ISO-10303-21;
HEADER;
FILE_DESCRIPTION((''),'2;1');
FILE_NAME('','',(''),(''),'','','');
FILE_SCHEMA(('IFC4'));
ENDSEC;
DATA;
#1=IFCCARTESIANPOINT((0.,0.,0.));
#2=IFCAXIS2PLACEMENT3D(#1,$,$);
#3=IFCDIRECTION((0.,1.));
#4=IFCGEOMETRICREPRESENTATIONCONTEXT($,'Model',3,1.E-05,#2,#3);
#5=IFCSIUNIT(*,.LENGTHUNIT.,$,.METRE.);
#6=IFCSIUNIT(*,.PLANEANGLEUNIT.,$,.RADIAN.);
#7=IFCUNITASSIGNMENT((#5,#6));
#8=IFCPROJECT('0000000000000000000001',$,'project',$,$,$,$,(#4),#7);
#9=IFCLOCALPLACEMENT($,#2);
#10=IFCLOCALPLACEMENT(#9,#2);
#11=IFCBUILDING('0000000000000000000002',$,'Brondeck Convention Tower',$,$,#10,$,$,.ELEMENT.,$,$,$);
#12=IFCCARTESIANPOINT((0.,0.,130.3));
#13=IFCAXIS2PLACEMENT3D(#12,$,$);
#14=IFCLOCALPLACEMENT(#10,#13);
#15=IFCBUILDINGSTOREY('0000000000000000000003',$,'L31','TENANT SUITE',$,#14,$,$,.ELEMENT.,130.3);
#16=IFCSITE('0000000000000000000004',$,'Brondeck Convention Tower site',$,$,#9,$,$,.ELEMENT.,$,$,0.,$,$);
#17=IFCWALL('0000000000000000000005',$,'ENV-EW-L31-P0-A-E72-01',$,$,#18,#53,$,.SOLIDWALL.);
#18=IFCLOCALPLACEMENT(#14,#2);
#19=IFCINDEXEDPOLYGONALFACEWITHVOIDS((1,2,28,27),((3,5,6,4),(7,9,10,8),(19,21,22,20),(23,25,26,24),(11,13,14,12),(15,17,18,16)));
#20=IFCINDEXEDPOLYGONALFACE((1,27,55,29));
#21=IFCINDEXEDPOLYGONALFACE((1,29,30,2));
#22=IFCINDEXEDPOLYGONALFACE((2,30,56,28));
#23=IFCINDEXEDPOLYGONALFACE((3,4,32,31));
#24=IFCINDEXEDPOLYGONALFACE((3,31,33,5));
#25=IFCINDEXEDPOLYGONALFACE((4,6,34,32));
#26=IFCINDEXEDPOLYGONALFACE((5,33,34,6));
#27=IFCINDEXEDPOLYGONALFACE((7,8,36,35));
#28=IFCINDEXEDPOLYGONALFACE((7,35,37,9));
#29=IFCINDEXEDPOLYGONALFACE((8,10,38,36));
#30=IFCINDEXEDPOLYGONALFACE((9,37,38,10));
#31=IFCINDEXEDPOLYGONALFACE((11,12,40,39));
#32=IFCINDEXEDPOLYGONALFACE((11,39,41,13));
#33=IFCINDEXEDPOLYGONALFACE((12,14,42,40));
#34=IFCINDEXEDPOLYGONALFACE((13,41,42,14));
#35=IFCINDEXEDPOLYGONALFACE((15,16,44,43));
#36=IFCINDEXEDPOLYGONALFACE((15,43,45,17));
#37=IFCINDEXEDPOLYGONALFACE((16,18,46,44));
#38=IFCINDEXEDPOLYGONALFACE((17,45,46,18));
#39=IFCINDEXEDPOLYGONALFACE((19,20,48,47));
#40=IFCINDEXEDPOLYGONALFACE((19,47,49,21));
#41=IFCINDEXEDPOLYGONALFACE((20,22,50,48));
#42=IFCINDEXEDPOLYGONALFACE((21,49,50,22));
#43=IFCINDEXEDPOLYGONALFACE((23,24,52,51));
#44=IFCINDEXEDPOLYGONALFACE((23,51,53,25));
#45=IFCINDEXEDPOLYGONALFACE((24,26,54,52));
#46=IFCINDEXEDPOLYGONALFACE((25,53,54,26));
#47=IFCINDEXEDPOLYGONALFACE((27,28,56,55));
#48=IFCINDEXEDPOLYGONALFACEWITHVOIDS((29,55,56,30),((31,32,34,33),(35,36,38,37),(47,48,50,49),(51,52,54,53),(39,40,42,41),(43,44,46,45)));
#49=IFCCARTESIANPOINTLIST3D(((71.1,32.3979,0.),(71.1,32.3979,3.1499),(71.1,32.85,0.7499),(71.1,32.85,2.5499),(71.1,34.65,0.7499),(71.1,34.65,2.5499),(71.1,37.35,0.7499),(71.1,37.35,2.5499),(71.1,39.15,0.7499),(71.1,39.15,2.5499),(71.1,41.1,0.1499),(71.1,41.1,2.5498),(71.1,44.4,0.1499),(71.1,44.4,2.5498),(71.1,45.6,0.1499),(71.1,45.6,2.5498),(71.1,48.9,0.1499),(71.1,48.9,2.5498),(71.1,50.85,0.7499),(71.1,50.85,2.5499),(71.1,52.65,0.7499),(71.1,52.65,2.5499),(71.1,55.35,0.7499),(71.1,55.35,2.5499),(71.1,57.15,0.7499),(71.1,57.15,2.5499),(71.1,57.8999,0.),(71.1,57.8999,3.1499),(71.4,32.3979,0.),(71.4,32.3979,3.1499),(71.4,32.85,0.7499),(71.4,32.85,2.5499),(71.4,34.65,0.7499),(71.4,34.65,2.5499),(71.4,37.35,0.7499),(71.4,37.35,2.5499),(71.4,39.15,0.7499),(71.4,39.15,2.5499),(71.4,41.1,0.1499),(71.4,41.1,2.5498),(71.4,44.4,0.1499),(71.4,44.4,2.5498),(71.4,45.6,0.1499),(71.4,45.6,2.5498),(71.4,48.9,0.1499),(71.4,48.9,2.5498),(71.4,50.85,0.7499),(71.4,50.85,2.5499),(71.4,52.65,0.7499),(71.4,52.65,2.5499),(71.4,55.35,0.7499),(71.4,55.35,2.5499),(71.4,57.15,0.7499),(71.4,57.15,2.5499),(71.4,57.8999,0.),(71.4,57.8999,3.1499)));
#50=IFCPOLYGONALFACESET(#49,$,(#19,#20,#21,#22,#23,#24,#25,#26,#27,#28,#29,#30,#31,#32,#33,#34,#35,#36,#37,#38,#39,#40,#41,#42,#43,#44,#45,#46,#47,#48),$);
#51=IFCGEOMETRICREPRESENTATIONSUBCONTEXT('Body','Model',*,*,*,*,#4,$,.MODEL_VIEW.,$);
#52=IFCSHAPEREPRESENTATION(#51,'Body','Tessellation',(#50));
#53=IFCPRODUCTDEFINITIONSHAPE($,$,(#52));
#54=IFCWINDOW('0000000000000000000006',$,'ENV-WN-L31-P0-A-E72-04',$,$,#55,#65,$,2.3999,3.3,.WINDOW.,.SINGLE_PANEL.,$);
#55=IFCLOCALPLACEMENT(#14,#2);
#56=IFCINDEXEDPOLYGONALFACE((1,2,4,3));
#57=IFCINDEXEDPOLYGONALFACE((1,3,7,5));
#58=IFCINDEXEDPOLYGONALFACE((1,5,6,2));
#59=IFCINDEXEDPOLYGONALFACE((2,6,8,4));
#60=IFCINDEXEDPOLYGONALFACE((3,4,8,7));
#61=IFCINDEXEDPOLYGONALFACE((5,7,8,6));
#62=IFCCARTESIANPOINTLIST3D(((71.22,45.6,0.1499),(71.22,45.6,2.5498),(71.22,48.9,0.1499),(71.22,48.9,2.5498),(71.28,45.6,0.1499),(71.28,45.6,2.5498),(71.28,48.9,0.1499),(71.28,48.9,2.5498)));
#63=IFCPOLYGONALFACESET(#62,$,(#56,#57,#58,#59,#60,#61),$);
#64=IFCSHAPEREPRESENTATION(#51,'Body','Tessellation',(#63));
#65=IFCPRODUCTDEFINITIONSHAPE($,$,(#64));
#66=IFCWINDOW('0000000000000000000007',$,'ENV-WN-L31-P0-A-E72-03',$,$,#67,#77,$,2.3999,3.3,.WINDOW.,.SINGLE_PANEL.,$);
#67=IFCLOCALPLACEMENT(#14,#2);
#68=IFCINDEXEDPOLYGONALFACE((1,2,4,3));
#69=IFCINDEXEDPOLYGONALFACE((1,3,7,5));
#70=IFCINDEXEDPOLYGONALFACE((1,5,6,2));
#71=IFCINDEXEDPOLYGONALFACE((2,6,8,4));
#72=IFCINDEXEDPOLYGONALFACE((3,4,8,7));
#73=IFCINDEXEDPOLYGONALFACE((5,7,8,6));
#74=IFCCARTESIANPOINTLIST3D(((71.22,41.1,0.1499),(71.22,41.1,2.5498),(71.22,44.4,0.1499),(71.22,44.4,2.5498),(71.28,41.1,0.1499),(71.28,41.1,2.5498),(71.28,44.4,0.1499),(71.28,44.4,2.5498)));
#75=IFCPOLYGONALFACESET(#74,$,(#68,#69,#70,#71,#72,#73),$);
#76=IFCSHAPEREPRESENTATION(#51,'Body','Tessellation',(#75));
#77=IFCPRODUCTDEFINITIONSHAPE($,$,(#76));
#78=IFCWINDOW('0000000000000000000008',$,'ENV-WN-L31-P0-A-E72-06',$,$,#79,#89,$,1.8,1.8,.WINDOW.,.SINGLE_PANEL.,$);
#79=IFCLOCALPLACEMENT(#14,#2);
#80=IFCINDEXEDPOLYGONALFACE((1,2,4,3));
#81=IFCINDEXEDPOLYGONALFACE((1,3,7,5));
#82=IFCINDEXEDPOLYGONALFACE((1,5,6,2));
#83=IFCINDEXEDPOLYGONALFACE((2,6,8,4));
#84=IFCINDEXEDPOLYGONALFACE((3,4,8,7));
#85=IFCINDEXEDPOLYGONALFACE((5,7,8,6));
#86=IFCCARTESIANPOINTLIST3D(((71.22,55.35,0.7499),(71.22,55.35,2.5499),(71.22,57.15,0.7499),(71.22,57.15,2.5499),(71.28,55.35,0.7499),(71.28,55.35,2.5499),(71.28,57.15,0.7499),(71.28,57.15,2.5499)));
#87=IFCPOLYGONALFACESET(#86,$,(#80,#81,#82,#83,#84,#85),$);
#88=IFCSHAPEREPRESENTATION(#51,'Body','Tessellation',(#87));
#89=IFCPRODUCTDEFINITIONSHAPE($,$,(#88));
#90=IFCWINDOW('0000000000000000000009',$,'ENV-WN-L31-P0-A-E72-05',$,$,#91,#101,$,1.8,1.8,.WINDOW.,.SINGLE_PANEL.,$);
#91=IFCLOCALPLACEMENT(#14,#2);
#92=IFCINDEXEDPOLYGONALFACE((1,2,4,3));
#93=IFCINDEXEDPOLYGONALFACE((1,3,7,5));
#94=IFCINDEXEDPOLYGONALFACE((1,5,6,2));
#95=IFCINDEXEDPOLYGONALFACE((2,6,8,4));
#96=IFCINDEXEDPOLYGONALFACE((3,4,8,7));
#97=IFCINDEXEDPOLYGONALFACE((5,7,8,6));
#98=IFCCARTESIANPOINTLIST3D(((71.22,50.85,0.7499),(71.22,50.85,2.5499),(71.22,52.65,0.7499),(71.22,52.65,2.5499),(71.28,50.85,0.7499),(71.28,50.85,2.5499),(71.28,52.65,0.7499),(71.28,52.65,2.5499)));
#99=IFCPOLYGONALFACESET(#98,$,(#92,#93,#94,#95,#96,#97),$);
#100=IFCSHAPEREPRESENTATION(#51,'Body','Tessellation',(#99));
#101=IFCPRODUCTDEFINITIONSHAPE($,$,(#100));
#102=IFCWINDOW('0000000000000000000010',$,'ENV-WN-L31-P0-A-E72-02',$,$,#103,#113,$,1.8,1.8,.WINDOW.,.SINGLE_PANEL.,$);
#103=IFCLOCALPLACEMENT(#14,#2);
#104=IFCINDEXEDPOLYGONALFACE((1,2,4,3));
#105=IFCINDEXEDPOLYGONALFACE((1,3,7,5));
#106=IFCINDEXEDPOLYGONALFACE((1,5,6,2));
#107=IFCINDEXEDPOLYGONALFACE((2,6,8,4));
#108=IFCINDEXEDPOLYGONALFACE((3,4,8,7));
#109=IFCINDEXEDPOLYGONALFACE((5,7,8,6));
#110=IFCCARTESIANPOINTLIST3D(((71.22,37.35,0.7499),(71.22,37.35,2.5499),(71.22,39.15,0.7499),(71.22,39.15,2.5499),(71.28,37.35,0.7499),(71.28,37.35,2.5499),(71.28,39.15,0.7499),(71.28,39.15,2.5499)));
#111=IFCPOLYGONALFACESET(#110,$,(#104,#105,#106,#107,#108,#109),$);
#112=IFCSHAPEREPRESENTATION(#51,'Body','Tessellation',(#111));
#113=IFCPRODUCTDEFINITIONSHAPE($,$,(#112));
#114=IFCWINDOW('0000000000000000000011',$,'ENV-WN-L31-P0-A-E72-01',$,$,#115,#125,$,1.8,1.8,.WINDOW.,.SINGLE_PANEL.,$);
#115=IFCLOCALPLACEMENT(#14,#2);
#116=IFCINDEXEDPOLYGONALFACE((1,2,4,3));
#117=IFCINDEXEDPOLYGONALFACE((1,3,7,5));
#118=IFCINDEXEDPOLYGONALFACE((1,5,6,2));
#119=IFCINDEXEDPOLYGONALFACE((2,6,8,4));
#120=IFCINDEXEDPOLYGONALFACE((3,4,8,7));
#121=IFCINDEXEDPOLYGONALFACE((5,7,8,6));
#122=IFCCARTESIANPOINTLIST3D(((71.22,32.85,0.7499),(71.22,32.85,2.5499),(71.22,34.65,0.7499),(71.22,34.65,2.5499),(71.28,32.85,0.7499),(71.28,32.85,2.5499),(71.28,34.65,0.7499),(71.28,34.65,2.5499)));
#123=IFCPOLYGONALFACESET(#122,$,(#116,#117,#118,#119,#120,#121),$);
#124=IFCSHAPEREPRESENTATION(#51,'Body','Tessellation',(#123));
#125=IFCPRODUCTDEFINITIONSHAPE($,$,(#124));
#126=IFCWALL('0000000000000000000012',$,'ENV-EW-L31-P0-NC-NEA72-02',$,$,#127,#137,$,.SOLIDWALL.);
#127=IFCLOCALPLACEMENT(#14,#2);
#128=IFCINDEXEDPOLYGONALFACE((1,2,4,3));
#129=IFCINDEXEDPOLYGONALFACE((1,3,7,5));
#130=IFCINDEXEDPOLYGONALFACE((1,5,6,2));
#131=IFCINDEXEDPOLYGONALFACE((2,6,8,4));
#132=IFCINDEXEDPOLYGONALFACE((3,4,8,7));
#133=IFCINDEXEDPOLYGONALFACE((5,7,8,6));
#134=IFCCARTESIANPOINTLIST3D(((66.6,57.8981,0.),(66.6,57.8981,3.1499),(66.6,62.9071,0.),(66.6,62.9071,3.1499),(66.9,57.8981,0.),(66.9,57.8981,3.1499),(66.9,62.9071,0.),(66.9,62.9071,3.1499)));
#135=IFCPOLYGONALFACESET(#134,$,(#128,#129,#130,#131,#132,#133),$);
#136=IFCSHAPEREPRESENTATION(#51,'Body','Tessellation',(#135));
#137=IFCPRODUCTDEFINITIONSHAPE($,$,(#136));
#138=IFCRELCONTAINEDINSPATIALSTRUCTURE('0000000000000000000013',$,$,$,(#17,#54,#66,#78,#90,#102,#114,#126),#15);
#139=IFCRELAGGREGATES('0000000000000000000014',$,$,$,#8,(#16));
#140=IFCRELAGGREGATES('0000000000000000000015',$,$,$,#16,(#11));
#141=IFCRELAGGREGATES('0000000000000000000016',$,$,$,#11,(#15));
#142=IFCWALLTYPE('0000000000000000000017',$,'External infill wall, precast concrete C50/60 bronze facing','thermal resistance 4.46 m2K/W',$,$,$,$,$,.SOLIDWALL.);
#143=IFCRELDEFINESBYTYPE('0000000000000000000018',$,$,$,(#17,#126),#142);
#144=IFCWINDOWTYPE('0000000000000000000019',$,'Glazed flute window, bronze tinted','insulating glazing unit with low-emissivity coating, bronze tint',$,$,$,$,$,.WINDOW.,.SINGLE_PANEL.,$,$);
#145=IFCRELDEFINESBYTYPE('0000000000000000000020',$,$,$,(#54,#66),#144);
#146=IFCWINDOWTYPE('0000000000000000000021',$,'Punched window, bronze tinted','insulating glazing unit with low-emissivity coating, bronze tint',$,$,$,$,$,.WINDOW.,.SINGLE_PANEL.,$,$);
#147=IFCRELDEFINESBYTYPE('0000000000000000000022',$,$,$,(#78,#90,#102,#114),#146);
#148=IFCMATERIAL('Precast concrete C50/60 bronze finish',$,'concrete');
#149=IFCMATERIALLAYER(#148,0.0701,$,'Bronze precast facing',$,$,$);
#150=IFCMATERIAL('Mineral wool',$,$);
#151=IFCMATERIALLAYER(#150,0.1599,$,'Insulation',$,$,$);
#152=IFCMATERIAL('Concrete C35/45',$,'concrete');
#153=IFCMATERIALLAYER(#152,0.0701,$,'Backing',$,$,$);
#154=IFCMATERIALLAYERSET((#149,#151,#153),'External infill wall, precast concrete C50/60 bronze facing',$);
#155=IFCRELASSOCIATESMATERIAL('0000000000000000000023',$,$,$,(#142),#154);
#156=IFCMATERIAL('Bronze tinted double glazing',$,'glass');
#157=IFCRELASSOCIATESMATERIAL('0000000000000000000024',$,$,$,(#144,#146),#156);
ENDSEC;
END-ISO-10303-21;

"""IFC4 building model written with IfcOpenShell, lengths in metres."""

from ifc_helpers import new_model, si_unit, direction, frame, frame_2d, origin, place, context, subcontext, project, spatial, rectangle, extrude, material, layer, layer_set, type_object, element, fill, save


model = new_model("IFC4")

# Units and contexts
model_context = context("Model", 3, precision=1e-05, world=origin(), true_north=direction((0.0, 1.0)))
body_context = subcontext(model_context, "Body", "Model", "MODEL_VIEW")
ifc_project = project(units=[si_unit("LENGTHUNIT", "METRE"), si_unit("PLANEANGLEUNIT", "RADIAN")], contexts=[model_context])

# Site, building, storey
site_placement = place(None, origin())
site = spatial("IfcSite", under=ifc_project, at=site_placement, Name="Brondeck Convention Tower site", CompositionType="ELEMENT", RefElevation=0.0)
building_placement = place(site_placement, origin())
building = spatial("IfcBuilding", under=site, at=building_placement, Name="Brondeck Convention Tower", CompositionType="ELEMENT")
storey_placement = place(building_placement, frame((0.0, 0.0, 130.3)))
storey = spatial("IfcBuildingStorey", under=building, at=storey_placement, Name="L31", Description="TENANT SUITE", CompositionType="ELEMENT", Elevation=130.3)

# Wall, openings, windows
ifc_material_1 = material(Name="Precast concrete C50/60 bronze finish", Category="concrete")
ifc_layer_1 = layer(ifc_material_1, 0.0701, Name="Bronze precast facing")
ifc_material_2 = material(Name="Mineral wool")
ifc_layer_2 = layer(ifc_material_2, 0.1599, Name="Insulation")
ifc_material_3 = material(Name="Concrete C35/45", Category="concrete")
ifc_layer_3 = layer(ifc_material_3, 0.0701, Name="Backing")
ifc_layer_set_1 = layer_set([ifc_layer_1, ifc_layer_2, ifc_layer_3], Name="External infill wall, precast concrete C50/60 bronze facing")
wall_type_1 = type_object("IfcWallType", Name="External infill wall, precast concrete C50/60 bronze facing", Description="thermal resistance 4.46 m2K/W", PredefinedType="SOLIDWALL", material=ifc_layer_set_1)
wall_1_placement = place(storey_placement, frame((71.25, 57.8999, 0.0), z_axis=(0.0, 0.0, 1.0), x_axis=(0.0, -1.0, 0.0)))
wall_1 = element("IfcWall", 1, at=wall_1_placement, inside=storey, type_object=wall_type_1, Name="ENV-EW-L31-P0-A-E72-01", PredefinedType="SOLIDWALL", context=body_context, shape_type="SweptSolid", body=[
    extrude(rectangle(XDim=25.502, YDim=0.3, at=frame_2d((12.751, 0.0))), origin(), (0.0, 0.0, 1.0), 3.1499),
])
opening_1_placement = place(wall_1_placement, frame((0.75, 0.0, 0.75)))
opening_1 = element("IfcOpeningElement", 2, at=opening_1_placement, cuts=wall_1, PredefinedType="OPENING", context=body_context, shape_type="SweptSolid", body=[
    extrude(rectangle(XDim=1.8, YDim=1.8, at=frame_2d((0.8999, 0.8999))), frame((0.0, 0.1599, 0.0), z_axis=(0.0, -1.0, 0.0), x_axis=(1.0, 0.0, 0.0)), (0.0, 0.0, 1.0), 0.3201),
])
opening_2_placement = place(wall_1_placement, frame((5.25, 0.0, 0.75)))
opening_2 = element("IfcOpeningElement", 3, at=opening_2_placement, cuts=wall_1, PredefinedType="OPENING", context=body_context, shape_type="SweptSolid", body=[
    extrude(rectangle(XDim=1.8, YDim=1.8, at=frame_2d((0.8999, 0.8999))), frame((0.0, 0.1599, 0.0), z_axis=(0.0, -1.0, 0.0), x_axis=(1.0, 0.0, 0.0)), (0.0, 0.0, 1.0), 0.3201),
])
opening_3_placement = place(wall_1_placement, frame((9.0, 0.0, 0.1499)))
opening_3 = element("IfcOpeningElement", 4, at=opening_3_placement, cuts=wall_1, PredefinedType="OPENING", context=body_context, shape_type="SweptSolid", body=[
    extrude(rectangle(XDim=3.3, YDim=2.3999, at=frame_2d((1.6499, 1.2))), frame((0.0, 0.1599, 0.0), z_axis=(0.0, -1.0, 0.0), x_axis=(1.0, 0.0, 0.0)), (0.0, 0.0, 1.0), 0.3201),
])
opening_4_placement = place(wall_1_placement, frame((13.5, 0.0, 0.1499)))
opening_4 = element("IfcOpeningElement", 5, at=opening_4_placement, cuts=wall_1, PredefinedType="OPENING", context=body_context, shape_type="SweptSolid", body=[
    extrude(rectangle(XDim=3.3, YDim=2.3999, at=frame_2d((1.6499, 1.2))), frame((0.0, 0.1599, 0.0), z_axis=(0.0, -1.0, 0.0), x_axis=(1.0, 0.0, 0.0)), (0.0, 0.0, 1.0), 0.3201),
])
opening_5_placement = place(wall_1_placement, frame((18.75, 0.0, 0.75)))
opening_5 = element("IfcOpeningElement", 6, at=opening_5_placement, cuts=wall_1, PredefinedType="OPENING", context=body_context, shape_type="SweptSolid", body=[
    extrude(rectangle(XDim=1.8, YDim=1.8, at=frame_2d((0.8999, 0.8999))), frame((0.0, 0.1599, 0.0), z_axis=(0.0, -1.0, 0.0), x_axis=(1.0, 0.0, 0.0)), (0.0, 0.0, 1.0), 0.3201),
])
opening_6_placement = place(wall_1_placement, frame((23.25, 0.0, 0.75)))
opening_6 = element("IfcOpeningElement", 7, at=opening_6_placement, cuts=wall_1, PredefinedType="OPENING", context=body_context, shape_type="SweptSolid", body=[
    extrude(rectangle(XDim=1.8, YDim=1.8, at=frame_2d((0.8999, 0.8999))), frame((0.0, 0.1599, 0.0), z_axis=(0.0, -1.0, 0.0), x_axis=(1.0, 0.0, 0.0)), (0.0, 0.0, 1.0), 0.3201),
])
ifc_material_4 = material(Name="Bronze tinted double glazing", Category="glass")
window_type_1 = type_object("IfcWindowType", Name="Glazed flute window, bronze tinted", Description="insulating glazing unit with low-emissivity coating, bronze tint", PartitioningType="SINGLE_PANEL", PredefinedType="WINDOW", material=ifc_material_4)
window_1_placement = place(opening_3_placement, origin())
window_1 = element("IfcWindow", 8, at=window_1_placement, inside=storey, type_object=window_type_1, Name="ENV-WN-L31-P0-A-E72-04", OverallHeight=2.3999, OverallWidth=3.3, PartitioningType="SINGLE_PANEL", PredefinedType="WINDOW", context=body_context, shape_type="SweptSolid", body=[
    extrude(rectangle(XDim=3.3, YDim=2.3999, at=frame_2d((1.6499, 1.2))), frame((0.0, 0.03, 0.0), z_axis=(0.0, -1.0, 0.0), x_axis=(1.0, 0.0, 0.0)), (0.0, 0.0, 1.0), 0.0601),
])
fill(opening_3, window_1)
window_2_placement = place(opening_4_placement, origin())
window_2 = element("IfcWindow", 9, at=window_2_placement, inside=storey, type_object=window_type_1, Name="ENV-WN-L31-P0-A-E72-03", OverallHeight=2.3999, OverallWidth=3.3, PartitioningType="SINGLE_PANEL", PredefinedType="WINDOW", context=body_context, shape_type="SweptSolid", body=[
    extrude(rectangle(XDim=3.3, YDim=2.3999, at=frame_2d((1.6499, 1.2))), frame((0.0, 0.03, 0.0), z_axis=(0.0, -1.0, 0.0), x_axis=(1.0, 0.0, 0.0)), (0.0, 0.0, 1.0), 0.0601),
])
fill(opening_4, window_2)
window_type_2 = type_object("IfcWindowType", Name="Punched window, bronze tinted", Description="insulating glazing unit with low-emissivity coating, bronze tint", PartitioningType="SINGLE_PANEL", PredefinedType="WINDOW", material=ifc_material_4)
window_3_placement = place(opening_1_placement, origin())
window_3 = element("IfcWindow", 10, at=window_3_placement, inside=storey, type_object=window_type_2, Name="ENV-WN-L31-P0-A-E72-06", OverallHeight=1.8, OverallWidth=1.8, PartitioningType="SINGLE_PANEL", PredefinedType="WINDOW", context=body_context, shape_type="SweptSolid", body=[
    extrude(rectangle(XDim=1.8, YDim=1.8, at=frame_2d((0.8999, 0.8999))), frame((0.0, 0.03, 0.0), z_axis=(0.0, -1.0, 0.0), x_axis=(1.0, 0.0, 0.0)), (0.0, 0.0, 1.0), 0.0601),
])
fill(opening_1, window_3)
window_4_placement = place(opening_2_placement, origin())
window_4 = element("IfcWindow", 11, at=window_4_placement, inside=storey, type_object=window_type_2, Name="ENV-WN-L31-P0-A-E72-05", OverallHeight=1.8, OverallWidth=1.8, PartitioningType="SINGLE_PANEL", PredefinedType="WINDOW", context=body_context, shape_type="SweptSolid", body=[
    extrude(rectangle(XDim=1.8, YDim=1.8, at=frame_2d((0.8999, 0.8999))), frame((0.0, 0.03, 0.0), z_axis=(0.0, -1.0, 0.0), x_axis=(1.0, 0.0, 0.0)), (0.0, 0.0, 1.0), 0.0601),
])
fill(opening_2, window_4)
window_5_placement = place(opening_5_placement, origin())
window_5 = element("IfcWindow", 12, at=window_5_placement, inside=storey, type_object=window_type_2, Name="ENV-WN-L31-P0-A-E72-02", OverallHeight=1.8, OverallWidth=1.8, PartitioningType="SINGLE_PANEL", PredefinedType="WINDOW", context=body_context, shape_type="SweptSolid", body=[
    extrude(rectangle(XDim=1.8, YDim=1.8, at=frame_2d((0.8999, 0.8999))), frame((0.0, 0.03, 0.0), z_axis=(0.0, -1.0, 0.0), x_axis=(1.0, 0.0, 0.0)), (0.0, 0.0, 1.0), 0.0601),
])
fill(opening_5, window_5)
window_6_placement = place(opening_6_placement, origin())
window_6 = element("IfcWindow", 13, at=window_6_placement, inside=storey, type_object=window_type_2, Name="ENV-WN-L31-P0-A-E72-01", OverallHeight=1.8, OverallWidth=1.8, PartitioningType="SINGLE_PANEL", PredefinedType="WINDOW", context=body_context, shape_type="SweptSolid", body=[
    extrude(rectangle(XDim=1.8, YDim=1.8, at=frame_2d((0.8999, 0.8999))), frame((0.0, 0.03, 0.0), z_axis=(0.0, -1.0, 0.0), x_axis=(1.0, 0.0, 0.0)), (0.0, 0.0, 1.0), 0.0601),
])
fill(opening_6, window_6)

# Wall
wall_2_placement = place(storey_placement, frame((66.75, 62.907, 0.0), z_axis=(0.0, 0.0, 1.0), x_axis=(0.0, -1.0, 0.0)))
element("IfcWall", 14, at=wall_2_placement, inside=storey, type_object=wall_type_1, Name="ENV-EW-L31-P0-NC-NEA72-02", PredefinedType="SOLIDWALL", context=body_context, shape_type="SweptSolid", body=[
    extrude(rectangle(XDim=5.009, YDim=0.3, at=frame_2d((2.5044, 0.0))), origin(), (0.0, 0.0, 1.0), 3.1499),
])

save(model, "model.ifc")
